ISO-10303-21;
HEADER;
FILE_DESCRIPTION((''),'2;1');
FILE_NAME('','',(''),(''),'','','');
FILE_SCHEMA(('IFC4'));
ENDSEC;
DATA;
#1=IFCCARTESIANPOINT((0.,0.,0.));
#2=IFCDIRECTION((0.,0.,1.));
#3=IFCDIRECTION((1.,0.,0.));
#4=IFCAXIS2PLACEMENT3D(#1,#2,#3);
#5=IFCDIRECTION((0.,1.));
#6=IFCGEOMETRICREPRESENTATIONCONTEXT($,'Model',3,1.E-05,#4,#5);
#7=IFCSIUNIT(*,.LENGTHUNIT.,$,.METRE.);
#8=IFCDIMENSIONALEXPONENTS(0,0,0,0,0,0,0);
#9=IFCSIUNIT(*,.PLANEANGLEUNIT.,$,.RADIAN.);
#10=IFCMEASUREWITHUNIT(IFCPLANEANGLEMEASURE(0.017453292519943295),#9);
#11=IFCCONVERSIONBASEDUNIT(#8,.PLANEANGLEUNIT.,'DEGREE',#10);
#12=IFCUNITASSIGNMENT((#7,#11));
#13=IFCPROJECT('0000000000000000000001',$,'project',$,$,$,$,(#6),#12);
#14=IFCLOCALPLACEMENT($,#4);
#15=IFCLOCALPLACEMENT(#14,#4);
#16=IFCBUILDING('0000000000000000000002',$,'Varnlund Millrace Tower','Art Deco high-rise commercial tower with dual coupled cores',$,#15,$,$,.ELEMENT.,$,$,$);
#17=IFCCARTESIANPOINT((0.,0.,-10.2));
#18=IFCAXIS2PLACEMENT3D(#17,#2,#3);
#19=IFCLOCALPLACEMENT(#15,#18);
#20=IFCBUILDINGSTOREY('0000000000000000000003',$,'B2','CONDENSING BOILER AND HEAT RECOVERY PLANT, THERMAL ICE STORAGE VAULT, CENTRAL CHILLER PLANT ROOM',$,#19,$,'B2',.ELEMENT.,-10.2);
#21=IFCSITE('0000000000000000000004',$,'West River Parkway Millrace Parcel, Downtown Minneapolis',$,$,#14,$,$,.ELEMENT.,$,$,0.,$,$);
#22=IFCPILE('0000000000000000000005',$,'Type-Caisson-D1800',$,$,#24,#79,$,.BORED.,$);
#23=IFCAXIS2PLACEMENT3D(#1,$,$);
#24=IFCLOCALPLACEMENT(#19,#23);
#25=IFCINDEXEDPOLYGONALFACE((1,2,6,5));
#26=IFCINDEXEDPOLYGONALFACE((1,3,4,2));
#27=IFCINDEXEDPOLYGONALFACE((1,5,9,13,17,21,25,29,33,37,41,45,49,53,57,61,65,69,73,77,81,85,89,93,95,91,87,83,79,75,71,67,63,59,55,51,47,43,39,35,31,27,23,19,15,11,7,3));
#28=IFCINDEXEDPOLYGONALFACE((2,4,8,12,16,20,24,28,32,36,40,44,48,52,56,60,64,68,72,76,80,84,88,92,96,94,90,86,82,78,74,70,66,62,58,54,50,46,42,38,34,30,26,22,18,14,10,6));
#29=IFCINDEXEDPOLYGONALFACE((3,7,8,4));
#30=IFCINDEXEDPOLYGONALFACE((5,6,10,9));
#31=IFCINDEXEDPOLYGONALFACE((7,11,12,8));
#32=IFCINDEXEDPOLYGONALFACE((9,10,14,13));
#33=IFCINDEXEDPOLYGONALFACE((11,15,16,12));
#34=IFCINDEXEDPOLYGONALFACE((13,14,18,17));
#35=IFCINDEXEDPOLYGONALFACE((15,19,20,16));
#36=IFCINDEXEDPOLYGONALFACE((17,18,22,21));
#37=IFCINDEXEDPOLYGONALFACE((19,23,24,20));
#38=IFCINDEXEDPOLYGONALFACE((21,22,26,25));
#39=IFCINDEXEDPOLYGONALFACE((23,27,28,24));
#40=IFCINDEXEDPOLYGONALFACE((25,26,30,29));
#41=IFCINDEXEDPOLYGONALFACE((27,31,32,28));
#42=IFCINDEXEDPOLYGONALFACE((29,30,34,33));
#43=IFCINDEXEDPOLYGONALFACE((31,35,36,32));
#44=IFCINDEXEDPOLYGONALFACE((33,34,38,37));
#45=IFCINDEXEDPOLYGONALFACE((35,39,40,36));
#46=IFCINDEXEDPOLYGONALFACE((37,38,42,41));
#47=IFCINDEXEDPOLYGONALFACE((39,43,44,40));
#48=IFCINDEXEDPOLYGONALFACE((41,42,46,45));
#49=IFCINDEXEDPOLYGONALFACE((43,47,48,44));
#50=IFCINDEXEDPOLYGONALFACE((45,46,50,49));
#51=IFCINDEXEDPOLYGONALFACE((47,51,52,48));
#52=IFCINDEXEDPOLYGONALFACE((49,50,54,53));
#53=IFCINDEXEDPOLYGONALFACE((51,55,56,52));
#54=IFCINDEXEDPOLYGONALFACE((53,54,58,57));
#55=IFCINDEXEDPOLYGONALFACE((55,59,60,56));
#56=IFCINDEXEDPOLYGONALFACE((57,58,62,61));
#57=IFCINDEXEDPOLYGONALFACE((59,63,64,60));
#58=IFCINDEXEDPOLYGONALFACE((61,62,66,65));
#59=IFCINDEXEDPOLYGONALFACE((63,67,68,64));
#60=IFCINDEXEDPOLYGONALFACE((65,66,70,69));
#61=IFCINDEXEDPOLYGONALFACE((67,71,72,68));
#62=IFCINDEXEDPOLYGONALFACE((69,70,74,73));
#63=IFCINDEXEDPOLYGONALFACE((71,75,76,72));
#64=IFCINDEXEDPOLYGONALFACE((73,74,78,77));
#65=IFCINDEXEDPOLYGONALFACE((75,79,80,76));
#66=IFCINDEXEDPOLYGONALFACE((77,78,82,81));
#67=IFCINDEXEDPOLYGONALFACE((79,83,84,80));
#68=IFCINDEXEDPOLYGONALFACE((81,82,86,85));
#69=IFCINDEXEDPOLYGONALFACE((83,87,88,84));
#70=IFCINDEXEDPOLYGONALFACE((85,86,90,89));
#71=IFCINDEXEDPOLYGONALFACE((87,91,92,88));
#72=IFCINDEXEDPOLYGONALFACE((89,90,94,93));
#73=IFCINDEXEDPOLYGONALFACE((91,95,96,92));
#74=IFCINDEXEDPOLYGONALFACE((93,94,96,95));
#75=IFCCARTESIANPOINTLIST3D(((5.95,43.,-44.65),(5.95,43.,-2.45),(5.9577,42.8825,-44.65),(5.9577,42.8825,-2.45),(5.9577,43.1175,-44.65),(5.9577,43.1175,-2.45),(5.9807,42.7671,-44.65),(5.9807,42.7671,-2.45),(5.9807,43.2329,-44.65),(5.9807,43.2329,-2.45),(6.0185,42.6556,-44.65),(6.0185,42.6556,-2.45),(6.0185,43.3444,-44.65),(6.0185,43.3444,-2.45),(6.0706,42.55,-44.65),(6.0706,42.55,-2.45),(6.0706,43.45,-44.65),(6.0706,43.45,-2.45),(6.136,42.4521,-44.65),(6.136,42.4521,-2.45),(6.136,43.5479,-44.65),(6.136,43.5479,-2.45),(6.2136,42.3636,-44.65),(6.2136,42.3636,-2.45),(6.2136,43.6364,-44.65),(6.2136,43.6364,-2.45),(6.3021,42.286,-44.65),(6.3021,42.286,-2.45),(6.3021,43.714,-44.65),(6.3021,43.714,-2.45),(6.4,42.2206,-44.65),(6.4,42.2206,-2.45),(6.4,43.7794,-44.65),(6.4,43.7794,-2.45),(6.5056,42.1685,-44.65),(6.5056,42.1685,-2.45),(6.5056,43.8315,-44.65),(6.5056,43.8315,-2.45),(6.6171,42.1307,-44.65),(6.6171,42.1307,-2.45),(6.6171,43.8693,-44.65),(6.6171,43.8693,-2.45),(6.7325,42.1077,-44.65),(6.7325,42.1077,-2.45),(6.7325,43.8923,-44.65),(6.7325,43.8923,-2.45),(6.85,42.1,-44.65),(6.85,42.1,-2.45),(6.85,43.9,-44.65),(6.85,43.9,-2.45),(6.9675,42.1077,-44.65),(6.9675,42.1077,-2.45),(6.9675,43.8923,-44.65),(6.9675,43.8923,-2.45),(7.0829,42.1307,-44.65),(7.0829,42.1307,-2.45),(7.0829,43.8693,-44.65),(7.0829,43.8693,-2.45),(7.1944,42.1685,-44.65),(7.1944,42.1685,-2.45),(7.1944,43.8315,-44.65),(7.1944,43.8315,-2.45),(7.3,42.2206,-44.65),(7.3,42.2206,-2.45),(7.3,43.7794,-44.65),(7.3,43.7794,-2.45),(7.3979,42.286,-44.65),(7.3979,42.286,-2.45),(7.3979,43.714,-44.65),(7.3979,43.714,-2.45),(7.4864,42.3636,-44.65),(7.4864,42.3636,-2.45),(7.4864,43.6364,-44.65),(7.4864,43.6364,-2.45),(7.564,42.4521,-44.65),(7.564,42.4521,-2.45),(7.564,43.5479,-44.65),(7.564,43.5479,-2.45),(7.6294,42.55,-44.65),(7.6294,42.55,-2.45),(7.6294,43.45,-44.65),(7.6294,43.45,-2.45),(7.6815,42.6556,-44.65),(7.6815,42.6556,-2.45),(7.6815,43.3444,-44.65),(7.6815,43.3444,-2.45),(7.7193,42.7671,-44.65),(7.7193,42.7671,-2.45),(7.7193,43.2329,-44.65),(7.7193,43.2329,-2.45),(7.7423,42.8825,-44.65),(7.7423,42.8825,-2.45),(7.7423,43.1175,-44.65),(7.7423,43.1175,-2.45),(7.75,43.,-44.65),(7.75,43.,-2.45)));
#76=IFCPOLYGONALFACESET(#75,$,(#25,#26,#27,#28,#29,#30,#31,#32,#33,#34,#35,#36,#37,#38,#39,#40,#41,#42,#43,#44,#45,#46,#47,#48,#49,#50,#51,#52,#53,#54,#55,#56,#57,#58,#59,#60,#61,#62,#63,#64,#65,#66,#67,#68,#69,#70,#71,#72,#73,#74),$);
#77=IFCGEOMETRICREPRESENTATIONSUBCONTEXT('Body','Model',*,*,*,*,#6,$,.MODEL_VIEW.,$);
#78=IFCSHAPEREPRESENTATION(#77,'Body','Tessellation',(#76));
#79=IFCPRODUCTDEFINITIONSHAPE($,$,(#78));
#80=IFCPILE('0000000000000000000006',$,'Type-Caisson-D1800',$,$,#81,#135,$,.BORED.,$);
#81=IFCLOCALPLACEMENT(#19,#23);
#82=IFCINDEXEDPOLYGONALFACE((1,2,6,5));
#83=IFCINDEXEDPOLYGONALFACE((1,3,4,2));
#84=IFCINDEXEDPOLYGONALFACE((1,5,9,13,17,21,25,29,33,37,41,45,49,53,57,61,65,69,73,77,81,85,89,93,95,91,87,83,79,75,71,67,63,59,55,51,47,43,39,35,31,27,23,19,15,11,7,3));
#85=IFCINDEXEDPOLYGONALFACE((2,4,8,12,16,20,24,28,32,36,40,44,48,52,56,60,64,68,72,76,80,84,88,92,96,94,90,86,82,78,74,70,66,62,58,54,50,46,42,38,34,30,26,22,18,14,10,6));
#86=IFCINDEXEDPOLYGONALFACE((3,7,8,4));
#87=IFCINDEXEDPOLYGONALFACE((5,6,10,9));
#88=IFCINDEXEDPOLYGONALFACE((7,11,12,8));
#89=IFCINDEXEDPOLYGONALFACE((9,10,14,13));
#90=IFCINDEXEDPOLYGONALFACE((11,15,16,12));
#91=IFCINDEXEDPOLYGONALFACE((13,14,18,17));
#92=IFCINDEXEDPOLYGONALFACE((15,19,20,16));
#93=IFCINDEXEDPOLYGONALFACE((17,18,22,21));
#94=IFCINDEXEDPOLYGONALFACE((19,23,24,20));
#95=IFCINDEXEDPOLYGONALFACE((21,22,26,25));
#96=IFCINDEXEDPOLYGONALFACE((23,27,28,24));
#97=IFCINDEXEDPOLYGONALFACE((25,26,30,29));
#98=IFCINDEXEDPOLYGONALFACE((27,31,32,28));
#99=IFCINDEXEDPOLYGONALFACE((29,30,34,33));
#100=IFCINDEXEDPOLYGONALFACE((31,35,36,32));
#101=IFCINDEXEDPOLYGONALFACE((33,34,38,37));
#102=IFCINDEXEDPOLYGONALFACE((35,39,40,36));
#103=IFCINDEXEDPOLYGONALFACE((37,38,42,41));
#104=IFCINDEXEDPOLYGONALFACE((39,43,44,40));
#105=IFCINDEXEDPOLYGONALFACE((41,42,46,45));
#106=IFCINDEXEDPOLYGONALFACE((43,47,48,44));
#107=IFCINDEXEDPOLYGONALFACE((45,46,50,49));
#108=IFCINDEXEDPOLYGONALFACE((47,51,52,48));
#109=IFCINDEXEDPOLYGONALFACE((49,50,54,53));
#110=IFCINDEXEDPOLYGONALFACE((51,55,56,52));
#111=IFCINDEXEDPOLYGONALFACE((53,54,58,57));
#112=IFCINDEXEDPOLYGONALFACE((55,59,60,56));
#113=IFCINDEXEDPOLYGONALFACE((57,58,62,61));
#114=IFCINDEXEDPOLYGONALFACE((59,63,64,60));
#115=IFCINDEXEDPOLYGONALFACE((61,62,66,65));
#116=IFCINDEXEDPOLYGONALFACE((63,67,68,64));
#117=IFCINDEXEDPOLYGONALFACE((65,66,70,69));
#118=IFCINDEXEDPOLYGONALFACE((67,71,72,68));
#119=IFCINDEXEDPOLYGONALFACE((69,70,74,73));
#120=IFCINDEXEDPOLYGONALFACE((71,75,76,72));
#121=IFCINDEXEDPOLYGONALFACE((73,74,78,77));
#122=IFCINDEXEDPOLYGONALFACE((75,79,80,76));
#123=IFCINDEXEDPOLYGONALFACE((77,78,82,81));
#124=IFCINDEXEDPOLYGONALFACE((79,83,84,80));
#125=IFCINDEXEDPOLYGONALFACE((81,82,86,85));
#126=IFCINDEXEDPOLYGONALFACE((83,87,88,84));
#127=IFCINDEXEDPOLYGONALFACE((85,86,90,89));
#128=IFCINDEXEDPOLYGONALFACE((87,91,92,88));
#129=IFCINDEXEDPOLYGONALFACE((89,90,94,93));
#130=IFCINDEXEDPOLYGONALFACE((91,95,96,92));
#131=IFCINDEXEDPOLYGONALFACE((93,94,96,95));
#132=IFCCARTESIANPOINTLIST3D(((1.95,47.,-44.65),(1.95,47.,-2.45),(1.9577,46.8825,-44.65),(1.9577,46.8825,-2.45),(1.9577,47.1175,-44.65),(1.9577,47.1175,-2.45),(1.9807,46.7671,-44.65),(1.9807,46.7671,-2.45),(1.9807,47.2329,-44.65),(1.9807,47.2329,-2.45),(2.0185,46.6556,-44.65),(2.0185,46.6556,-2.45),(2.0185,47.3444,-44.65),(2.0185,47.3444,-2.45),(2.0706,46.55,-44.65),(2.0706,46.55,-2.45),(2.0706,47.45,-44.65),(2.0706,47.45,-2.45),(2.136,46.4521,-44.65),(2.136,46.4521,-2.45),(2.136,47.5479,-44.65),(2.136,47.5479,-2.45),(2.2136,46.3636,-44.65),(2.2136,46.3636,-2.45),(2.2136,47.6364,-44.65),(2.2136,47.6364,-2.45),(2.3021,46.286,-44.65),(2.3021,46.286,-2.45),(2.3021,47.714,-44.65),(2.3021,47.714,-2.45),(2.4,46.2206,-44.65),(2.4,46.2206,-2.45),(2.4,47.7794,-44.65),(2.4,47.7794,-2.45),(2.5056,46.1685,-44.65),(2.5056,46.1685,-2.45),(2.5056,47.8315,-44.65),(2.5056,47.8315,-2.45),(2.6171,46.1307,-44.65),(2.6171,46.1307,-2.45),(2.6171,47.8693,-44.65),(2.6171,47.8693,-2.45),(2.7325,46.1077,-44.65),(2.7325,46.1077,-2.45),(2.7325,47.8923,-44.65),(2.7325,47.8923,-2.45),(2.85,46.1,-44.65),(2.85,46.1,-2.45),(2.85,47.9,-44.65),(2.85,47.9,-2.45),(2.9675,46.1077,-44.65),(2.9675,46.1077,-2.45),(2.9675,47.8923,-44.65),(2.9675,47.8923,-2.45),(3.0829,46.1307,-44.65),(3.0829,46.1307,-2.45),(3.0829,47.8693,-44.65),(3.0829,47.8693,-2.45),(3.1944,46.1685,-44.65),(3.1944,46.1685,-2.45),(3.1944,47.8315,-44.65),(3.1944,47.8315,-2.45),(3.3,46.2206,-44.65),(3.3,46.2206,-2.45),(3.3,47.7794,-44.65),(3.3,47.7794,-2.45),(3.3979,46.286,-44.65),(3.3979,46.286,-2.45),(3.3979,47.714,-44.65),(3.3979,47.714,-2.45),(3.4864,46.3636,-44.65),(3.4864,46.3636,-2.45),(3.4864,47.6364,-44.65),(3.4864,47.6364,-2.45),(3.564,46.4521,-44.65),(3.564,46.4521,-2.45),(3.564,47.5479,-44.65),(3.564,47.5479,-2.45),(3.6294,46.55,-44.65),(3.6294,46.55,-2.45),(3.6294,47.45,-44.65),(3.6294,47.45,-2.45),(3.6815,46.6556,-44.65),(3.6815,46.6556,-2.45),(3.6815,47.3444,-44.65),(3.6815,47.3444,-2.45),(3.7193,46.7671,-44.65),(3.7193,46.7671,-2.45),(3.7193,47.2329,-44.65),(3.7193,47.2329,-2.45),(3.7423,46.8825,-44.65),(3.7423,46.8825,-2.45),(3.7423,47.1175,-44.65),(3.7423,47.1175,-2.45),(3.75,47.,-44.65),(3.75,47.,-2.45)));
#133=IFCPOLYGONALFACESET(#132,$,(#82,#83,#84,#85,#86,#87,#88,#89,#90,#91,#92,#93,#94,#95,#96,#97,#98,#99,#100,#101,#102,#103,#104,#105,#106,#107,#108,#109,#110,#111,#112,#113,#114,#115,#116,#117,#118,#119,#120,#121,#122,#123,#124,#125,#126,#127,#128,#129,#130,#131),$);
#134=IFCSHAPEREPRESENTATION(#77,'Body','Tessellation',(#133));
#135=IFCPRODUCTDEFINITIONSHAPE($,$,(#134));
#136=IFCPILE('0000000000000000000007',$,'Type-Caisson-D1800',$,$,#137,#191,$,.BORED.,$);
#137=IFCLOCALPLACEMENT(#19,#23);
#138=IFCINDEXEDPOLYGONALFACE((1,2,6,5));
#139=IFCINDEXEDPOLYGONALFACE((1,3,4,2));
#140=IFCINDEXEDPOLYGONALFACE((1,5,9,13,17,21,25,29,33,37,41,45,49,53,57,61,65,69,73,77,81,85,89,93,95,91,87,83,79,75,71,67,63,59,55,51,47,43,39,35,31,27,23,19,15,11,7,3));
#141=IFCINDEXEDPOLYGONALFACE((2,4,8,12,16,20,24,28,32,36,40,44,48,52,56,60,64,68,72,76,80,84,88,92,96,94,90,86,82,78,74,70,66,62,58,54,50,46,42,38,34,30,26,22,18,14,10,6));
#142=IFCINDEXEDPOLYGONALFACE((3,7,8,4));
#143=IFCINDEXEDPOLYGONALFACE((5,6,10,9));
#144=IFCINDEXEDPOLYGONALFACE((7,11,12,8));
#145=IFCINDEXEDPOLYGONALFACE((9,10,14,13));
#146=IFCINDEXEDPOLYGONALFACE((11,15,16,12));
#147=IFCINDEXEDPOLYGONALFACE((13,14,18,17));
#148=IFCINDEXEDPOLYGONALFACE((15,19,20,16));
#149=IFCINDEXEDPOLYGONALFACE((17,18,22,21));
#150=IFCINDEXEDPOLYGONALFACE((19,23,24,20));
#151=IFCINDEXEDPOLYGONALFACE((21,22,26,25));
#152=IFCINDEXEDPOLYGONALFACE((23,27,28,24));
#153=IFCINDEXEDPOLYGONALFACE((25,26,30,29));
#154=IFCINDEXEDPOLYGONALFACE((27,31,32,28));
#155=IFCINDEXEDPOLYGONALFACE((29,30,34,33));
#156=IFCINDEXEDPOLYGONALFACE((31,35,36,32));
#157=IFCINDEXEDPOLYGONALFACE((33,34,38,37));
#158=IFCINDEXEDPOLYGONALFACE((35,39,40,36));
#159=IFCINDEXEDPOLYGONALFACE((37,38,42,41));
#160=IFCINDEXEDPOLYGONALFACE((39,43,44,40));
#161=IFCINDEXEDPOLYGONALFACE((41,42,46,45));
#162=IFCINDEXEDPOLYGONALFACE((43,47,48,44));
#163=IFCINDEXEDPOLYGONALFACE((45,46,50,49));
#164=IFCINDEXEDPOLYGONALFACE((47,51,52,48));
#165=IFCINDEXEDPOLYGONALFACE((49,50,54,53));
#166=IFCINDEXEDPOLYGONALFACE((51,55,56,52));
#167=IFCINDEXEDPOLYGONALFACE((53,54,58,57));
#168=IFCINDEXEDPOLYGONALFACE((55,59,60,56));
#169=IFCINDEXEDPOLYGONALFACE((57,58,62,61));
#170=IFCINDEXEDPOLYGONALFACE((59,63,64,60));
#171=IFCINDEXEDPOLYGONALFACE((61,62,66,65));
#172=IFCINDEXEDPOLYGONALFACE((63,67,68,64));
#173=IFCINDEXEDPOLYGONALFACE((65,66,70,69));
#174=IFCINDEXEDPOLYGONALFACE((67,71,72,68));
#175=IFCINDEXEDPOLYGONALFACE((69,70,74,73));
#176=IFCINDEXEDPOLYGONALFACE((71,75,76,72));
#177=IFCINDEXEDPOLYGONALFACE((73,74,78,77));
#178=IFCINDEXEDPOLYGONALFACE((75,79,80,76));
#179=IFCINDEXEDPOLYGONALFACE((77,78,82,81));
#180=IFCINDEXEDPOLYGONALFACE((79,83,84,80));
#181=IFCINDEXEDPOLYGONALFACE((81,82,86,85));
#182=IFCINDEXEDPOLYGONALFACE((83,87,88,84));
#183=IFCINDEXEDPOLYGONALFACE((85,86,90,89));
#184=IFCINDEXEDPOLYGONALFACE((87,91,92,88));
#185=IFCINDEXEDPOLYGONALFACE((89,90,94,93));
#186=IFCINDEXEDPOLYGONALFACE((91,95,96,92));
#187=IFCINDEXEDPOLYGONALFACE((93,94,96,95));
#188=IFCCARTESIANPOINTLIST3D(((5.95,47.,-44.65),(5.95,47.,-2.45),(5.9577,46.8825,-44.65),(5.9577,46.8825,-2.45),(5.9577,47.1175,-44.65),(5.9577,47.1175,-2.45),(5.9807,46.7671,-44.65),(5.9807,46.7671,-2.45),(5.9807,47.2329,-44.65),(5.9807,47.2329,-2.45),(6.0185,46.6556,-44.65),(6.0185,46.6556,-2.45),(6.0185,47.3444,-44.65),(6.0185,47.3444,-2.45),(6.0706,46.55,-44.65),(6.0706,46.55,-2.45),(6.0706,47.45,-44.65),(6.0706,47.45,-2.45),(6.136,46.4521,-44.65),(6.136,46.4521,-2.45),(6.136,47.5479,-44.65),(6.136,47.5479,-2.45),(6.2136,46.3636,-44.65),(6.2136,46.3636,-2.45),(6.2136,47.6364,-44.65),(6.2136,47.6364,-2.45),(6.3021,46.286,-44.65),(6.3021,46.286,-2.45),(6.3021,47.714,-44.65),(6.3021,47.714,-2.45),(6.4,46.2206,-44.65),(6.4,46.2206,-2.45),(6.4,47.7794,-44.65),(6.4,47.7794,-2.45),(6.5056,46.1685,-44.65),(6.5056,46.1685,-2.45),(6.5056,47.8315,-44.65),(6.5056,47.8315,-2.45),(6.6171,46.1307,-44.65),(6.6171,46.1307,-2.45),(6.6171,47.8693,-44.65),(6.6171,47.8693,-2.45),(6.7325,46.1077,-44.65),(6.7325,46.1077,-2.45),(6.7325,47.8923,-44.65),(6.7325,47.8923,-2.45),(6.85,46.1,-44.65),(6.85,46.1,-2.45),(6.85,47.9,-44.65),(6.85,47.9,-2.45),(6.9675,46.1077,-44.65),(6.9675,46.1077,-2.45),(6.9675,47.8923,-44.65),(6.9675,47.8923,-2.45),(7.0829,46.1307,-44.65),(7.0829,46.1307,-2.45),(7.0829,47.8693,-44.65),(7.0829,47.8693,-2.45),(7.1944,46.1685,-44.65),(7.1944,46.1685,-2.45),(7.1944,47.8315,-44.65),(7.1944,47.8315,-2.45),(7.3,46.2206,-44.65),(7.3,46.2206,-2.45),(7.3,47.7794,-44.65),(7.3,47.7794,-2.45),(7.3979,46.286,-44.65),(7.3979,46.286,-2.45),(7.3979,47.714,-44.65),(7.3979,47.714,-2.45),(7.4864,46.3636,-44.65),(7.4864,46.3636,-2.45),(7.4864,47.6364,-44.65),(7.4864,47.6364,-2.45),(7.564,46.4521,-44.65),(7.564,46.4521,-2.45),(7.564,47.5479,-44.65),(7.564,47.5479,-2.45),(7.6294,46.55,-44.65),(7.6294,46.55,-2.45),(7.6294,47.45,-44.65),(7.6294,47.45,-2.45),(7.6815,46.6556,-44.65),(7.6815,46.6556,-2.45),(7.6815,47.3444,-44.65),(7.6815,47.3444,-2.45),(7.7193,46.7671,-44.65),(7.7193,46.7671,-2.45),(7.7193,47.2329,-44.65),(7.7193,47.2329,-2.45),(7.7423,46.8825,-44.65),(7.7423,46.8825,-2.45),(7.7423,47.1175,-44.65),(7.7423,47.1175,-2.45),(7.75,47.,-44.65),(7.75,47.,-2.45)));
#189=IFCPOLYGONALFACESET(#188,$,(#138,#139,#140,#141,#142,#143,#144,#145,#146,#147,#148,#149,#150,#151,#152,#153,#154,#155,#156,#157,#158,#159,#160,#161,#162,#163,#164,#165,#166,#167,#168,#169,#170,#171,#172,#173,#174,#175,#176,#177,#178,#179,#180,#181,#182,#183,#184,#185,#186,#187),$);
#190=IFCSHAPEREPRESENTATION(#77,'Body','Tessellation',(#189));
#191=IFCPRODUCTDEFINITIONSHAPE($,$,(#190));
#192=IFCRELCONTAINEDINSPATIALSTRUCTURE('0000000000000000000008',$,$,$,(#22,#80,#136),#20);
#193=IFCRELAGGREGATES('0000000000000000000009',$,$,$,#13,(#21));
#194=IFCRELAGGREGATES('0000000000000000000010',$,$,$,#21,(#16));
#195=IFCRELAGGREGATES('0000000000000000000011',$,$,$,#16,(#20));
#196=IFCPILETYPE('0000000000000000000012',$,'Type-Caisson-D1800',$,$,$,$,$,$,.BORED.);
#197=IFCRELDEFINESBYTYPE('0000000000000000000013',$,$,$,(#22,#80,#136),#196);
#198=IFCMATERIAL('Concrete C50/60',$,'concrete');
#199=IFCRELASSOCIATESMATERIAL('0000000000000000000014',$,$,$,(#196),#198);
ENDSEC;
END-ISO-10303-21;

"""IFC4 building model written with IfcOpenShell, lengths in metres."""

from ifc_helpers import new_model, entity, si_unit, converted_unit, direction, frame, origin_with_axes, origin_2d_with_axis, place, context, subcontext, project, spatial, circle, extrude, material, material_profile, profile_set, type_object, element, save


model = new_model("IFC4")

# Units and contexts
model_context = context("Model", 3, precision=1e-05, world=origin_with_axes(), true_north=direction((0.0, 1.0)))
body_context = subcontext(model_context, "Body", "Model", "MODEL_VIEW")
ifc_project = project(units=[si_unit("LENGTHUNIT", "METRE"), converted_unit("PLANEANGLEUNIT", "DEGREE", entity("IfcPlaneAngleMeasure", 0.017453292519943295), si_unit("PLANEANGLEUNIT", "RADIAN"), dimensions=[0, 0, 0, 0, 0, 0, 0])], contexts=[model_context])

# Site, building, storey
site_placement = place(None, origin_with_axes())
site = spatial("IfcSite", under=ifc_project, at=site_placement, Name="West River Parkway Millrace Parcel, Downtown Minneapolis", CompositionType="ELEMENT", RefElevation=0.0)
building_placement = place(site_placement, origin_with_axes())
building = spatial("IfcBuilding", under=site, at=building_placement, Name="Varnlund Millrace Tower", Description="Art Deco high-rise commercial tower with dual coupled cores", CompositionType="ELEMENT")
storey_placement = place(building_placement, frame((0.0, 0.0, -10.2), z_axis=(0.0, 0.0, 1.0), x_axis=(1.0, 0.0, 0.0)))
storey = spatial("IfcBuildingStorey", under=building, at=storey_placement, Name="B2", Description="CONDENSING BOILER AND HEAT RECOVERY PLANT, THERMAL ICE STORAGE VAULT, CENTRAL CHILLER PLANT ROOM", LongName="B2", CompositionType="ELEMENT", Elevation=-10.2)

# Piles
ifc_material_1 = material(Name="Concrete C50/60", Category="concrete")
ifc_material_profile_1 = material_profile(ifc_material_1, circle(Radius=0.9, at=origin_2d_with_axis()), Name="Concrete C50/60")
ifc_profile_set_1 = profile_set([ifc_material_profile_1], Name="Concrete C50/60")
pile_type_1 = type_object("IfcPileType", Name="Type-Caisson-D1800", PredefinedType="BORED", material=ifc_profile_set_1)
for number, where, z_axis, x_axis, name in (
    (1, (6.85, 43.0, -44.65), (0.0, 0.0, 1.0), (1.0, 0.0, 0.0), "Type-Caisson-D1800"),
    (2, (2.85, 47.0, -44.65), (0.0, 0.0, 1.0), (1.0, 0.0, 0.0), "Type-Caisson-D1800"),
    (3, (6.85, 47.0, -44.65), (0.0, 0.0, 1.0), (1.0, 0.0, 0.0), "Type-Caisson-D1800"),
):
    element("IfcPile", number, at=place(storey_placement, frame(where, z_axis=z_axis, x_axis=x_axis)), inside=storey, type_object=pile_type_1, Name=name, PredefinedType="BORED", context=body_context, shape_type="SweptSolid", body=[
        extrude(circle(Radius=0.9, at=origin_2d_with_axis()), origin_with_axes(), (0.0, 0.0, 1.0), 42.2),
    ])

save(model, "model.ifc")
